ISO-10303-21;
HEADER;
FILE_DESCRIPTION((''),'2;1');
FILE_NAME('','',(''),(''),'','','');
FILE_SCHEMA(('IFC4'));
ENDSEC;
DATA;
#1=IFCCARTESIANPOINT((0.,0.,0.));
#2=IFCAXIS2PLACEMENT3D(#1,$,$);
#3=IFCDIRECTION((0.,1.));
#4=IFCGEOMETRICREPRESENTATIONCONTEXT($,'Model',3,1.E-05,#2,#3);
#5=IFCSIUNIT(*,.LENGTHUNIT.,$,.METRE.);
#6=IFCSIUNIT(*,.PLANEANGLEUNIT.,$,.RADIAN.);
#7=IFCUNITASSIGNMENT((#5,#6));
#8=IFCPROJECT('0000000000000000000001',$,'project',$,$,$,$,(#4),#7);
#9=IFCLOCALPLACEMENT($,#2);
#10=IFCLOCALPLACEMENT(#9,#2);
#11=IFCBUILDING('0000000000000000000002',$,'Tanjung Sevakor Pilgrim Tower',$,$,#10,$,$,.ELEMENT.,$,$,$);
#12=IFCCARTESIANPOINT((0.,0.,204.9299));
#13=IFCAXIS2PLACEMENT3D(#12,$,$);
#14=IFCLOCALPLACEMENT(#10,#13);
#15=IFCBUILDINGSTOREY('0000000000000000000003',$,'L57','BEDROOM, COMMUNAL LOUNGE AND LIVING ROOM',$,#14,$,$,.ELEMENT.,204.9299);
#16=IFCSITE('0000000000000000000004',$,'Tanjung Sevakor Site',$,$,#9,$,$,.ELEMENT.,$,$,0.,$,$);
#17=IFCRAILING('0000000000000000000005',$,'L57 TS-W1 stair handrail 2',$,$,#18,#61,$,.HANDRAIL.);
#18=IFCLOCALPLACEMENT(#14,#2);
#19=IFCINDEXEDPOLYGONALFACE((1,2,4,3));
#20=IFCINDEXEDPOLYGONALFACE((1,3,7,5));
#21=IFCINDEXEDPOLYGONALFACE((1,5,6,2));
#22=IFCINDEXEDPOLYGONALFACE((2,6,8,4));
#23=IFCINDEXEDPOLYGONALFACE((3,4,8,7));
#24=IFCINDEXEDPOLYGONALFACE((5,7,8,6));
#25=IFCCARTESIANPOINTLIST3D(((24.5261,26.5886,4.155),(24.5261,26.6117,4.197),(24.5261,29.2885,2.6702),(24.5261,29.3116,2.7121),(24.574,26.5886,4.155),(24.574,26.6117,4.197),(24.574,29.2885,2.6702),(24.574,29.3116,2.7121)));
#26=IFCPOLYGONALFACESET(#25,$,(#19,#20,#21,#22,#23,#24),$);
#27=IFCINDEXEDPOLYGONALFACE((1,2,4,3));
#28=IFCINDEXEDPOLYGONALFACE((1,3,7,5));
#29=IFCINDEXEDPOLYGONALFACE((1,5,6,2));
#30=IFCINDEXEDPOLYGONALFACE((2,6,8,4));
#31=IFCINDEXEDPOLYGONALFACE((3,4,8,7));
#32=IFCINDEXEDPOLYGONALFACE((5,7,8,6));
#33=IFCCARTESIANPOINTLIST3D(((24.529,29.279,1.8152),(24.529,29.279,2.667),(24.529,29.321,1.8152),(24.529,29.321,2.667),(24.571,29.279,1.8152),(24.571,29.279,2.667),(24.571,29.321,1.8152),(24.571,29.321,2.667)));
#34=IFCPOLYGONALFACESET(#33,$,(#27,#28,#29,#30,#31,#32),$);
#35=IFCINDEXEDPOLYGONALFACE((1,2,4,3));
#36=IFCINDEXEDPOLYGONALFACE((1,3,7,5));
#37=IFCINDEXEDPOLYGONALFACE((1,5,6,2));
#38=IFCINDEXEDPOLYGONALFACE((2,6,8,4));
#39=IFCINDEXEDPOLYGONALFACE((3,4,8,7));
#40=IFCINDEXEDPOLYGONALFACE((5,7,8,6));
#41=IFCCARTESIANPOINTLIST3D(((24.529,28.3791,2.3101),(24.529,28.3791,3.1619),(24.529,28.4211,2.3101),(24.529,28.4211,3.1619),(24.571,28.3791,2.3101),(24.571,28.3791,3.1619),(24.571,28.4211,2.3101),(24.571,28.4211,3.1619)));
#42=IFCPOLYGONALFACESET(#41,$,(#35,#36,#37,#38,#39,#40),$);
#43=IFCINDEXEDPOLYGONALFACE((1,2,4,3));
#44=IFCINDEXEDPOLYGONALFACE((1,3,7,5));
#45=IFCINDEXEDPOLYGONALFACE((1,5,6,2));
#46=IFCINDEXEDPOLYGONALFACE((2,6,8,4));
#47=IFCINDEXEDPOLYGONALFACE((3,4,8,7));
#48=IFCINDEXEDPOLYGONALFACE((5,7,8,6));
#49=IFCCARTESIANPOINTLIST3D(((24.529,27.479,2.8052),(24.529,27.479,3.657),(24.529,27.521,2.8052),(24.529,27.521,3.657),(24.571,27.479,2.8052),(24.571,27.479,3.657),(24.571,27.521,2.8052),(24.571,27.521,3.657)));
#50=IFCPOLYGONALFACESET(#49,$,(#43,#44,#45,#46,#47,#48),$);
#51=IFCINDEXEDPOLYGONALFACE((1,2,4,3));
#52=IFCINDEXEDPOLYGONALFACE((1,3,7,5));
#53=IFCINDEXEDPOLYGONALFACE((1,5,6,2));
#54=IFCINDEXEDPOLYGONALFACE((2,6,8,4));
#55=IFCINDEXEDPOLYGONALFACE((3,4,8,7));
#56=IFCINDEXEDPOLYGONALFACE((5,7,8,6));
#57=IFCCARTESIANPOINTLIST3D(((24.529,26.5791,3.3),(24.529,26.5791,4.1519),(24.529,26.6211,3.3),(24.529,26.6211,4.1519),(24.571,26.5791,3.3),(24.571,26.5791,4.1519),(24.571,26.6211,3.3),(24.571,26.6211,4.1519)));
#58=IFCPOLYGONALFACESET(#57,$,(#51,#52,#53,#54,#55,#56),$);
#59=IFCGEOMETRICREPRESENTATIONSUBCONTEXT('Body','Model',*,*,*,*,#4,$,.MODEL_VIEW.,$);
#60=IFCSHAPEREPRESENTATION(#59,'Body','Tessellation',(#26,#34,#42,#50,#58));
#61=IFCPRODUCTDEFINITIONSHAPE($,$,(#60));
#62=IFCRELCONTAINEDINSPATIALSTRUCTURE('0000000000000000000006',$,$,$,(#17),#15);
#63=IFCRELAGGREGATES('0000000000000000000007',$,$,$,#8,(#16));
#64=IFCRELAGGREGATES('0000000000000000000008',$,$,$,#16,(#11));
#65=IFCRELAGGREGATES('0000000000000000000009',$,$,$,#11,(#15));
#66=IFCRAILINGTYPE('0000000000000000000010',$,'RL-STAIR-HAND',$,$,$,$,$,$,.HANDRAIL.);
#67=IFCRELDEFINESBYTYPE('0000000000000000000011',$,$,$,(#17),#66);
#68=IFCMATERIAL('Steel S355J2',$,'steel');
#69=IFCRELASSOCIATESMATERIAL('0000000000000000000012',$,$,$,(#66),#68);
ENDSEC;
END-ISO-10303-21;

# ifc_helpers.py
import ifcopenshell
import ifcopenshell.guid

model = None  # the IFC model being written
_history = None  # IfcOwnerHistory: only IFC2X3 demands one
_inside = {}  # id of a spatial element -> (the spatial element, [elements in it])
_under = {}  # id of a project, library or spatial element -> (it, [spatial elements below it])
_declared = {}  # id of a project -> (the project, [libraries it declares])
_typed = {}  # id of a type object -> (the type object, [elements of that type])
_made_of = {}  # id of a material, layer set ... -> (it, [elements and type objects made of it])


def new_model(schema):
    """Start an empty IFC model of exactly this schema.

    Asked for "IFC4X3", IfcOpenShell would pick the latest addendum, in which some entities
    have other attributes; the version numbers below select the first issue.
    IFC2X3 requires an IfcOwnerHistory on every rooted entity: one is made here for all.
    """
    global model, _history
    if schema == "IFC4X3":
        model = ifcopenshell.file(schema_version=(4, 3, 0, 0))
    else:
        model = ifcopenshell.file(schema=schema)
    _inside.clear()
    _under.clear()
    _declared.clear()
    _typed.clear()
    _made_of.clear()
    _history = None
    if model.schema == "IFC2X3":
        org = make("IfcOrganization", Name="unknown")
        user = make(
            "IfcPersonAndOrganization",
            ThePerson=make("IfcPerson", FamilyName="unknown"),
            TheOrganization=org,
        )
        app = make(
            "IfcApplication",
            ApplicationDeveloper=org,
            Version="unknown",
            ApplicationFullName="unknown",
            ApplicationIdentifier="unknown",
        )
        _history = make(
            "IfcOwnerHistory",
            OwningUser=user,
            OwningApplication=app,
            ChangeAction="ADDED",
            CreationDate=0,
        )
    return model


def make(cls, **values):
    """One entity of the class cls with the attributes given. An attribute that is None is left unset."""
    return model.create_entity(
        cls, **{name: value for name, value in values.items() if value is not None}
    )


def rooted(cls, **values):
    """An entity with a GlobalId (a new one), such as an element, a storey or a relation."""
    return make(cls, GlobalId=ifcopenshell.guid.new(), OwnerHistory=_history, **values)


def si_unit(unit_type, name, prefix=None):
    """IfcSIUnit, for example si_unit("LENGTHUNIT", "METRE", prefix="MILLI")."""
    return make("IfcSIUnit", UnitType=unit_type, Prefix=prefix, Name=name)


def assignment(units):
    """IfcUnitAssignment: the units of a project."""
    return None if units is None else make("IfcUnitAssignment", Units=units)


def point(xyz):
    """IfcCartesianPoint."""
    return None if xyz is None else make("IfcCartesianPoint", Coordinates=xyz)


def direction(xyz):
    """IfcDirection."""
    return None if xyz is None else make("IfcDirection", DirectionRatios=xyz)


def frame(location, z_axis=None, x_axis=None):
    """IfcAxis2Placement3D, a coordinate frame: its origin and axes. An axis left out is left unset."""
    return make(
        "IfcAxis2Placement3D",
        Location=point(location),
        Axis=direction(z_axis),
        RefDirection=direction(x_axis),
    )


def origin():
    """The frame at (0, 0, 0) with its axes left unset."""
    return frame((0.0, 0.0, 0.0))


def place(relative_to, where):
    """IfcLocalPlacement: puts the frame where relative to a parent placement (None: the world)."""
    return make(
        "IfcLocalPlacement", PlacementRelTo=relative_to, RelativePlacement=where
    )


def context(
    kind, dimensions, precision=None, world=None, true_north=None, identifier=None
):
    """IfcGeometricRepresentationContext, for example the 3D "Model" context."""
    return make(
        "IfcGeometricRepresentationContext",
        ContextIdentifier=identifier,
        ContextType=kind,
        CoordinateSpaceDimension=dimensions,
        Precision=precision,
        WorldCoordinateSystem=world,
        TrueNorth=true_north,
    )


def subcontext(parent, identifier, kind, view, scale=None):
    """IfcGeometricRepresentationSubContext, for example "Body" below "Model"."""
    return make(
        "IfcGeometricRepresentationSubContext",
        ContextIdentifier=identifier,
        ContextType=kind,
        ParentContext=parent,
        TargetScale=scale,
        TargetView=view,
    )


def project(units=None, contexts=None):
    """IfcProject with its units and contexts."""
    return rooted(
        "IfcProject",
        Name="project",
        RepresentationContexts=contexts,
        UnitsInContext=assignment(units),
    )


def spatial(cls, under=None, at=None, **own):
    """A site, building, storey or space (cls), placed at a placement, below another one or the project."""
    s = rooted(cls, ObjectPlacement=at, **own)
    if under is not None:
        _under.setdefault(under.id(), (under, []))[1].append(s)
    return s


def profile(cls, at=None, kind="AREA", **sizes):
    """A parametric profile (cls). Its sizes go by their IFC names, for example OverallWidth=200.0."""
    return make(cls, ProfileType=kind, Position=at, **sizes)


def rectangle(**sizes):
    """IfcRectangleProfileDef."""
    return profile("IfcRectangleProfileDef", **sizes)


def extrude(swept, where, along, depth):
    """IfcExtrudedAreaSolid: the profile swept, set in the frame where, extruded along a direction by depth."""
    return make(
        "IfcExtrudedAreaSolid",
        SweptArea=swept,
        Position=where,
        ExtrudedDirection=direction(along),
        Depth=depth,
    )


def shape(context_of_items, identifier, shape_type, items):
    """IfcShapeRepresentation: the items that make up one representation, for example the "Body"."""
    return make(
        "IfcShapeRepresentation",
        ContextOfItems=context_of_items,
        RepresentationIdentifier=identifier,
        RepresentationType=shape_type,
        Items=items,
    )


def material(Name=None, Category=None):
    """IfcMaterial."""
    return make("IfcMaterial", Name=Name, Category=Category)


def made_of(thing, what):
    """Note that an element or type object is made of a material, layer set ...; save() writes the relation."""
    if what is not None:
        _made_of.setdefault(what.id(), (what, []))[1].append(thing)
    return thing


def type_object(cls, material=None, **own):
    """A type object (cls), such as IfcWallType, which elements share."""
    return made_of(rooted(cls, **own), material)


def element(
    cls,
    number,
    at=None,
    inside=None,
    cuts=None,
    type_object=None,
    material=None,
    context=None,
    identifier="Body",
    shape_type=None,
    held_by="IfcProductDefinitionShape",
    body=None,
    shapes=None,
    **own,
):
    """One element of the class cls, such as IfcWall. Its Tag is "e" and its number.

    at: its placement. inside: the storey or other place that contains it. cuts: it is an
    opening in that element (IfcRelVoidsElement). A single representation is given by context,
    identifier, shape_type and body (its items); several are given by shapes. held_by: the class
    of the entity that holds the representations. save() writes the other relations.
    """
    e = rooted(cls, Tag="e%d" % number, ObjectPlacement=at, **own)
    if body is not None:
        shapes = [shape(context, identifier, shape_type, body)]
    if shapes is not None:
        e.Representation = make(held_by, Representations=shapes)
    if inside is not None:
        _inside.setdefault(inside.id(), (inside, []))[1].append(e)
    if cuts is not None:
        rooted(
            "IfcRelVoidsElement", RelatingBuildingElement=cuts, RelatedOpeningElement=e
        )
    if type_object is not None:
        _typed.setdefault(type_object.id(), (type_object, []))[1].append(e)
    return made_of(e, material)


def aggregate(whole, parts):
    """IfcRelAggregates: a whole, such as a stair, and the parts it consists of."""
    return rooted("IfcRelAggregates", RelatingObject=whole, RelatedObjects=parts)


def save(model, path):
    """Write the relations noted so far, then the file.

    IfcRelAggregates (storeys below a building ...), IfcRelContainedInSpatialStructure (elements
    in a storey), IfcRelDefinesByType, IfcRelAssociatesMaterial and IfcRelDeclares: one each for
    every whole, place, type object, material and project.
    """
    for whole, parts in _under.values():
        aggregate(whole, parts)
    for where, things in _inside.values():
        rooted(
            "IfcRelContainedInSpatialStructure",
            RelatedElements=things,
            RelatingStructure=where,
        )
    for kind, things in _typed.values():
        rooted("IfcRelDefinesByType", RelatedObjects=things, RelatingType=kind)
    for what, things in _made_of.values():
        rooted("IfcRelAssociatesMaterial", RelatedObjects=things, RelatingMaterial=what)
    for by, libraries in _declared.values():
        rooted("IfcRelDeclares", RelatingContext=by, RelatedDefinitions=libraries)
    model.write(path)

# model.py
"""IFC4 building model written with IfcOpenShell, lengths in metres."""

from ifc_helpers import new_model, si_unit, direction, frame, origin, place, context, subcontext, project, spatial, rectangle, extrude, material, type_object, element, save


model = new_model("IFC4")

# Units and contexts
model_context = context("Model", 3, precision=1e-05, world=origin(), true_north=direction((0.0, 1.0)))
body_context = subcontext(model_context, "Body", "Model", "MODEL_VIEW")
ifc_project = project(units=[si_unit("LENGTHUNIT", "METRE"), si_unit("PLANEANGLEUNIT", "RADIAN")], contexts=[model_context])

# Site, building, storey
site_placement = place(None, origin())
site = spatial("IfcSite", under=ifc_project, at=site_placement, Name="Tanjung Sevakor Site", CompositionType="ELEMENT", RefElevation=0.0)
building_placement = place(site_placement, origin())
building = spatial("IfcBuilding", under=site, at=building_placement, Name="Tanjung Sevakor Pilgrim Tower", CompositionType="ELEMENT")
storey_placement = place(building_placement, frame((0.0, 0.0, 204.9299)))
storey = spatial("IfcBuildingStorey", under=building, at=storey_placement, Name="L57", Description="BEDROOM, COMMUNAL LOUNGE AND LIVING ROOM", CompositionType="ELEMENT", Elevation=204.9299)

# Railing
ifc_material_1 = material(Name="Steel S355J2", Category="steel")
railing_type_1 = type_object("IfcRailingType", Name="RL-STAIR-HAND", PredefinedType="HANDRAIL", material=ifc_material_1)
railing_1_placement = place(storey_placement, frame((24.55, 29.3, 1.8152)))
element("IfcRailing", 1, at=railing_1_placement, inside=storey, type_object=railing_type_1, Name="L57 TS-W1 stair handrail 2", PredefinedType="HANDRAIL", context=body_context, shape_type="SweptSolid", body=[
    extrude(rectangle(XDim=0.0479, YDim=0.0479), frame((0.0, 0.0, 0.876), z_axis=(0.0, -0.876231, 0.481891), x_axis=(1.0, 0.0, 0.0)), (0.0, 0.0, 1.0), 3.0813),
    extrude(rectangle(XDim=0.042, YDim=0.042), origin(), (0.0, 0.0, 1.0), 0.8518),
    extrude(rectangle(XDim=0.042, YDim=0.042), frame((0.0, -0.8999, 0.4949)), (0.0, 0.0, 1.0), 0.8518),
    extrude(rectangle(XDim=0.042, YDim=0.042), frame((0.0, -1.8, 0.99)), (0.0, 0.0, 1.0), 0.8518),
    extrude(rectangle(XDim=0.042, YDim=0.042), frame((0.0, -2.7, 1.4849)), (0.0, 0.0, 1.0), 0.8518),
])

save(model, "model.ifc")
